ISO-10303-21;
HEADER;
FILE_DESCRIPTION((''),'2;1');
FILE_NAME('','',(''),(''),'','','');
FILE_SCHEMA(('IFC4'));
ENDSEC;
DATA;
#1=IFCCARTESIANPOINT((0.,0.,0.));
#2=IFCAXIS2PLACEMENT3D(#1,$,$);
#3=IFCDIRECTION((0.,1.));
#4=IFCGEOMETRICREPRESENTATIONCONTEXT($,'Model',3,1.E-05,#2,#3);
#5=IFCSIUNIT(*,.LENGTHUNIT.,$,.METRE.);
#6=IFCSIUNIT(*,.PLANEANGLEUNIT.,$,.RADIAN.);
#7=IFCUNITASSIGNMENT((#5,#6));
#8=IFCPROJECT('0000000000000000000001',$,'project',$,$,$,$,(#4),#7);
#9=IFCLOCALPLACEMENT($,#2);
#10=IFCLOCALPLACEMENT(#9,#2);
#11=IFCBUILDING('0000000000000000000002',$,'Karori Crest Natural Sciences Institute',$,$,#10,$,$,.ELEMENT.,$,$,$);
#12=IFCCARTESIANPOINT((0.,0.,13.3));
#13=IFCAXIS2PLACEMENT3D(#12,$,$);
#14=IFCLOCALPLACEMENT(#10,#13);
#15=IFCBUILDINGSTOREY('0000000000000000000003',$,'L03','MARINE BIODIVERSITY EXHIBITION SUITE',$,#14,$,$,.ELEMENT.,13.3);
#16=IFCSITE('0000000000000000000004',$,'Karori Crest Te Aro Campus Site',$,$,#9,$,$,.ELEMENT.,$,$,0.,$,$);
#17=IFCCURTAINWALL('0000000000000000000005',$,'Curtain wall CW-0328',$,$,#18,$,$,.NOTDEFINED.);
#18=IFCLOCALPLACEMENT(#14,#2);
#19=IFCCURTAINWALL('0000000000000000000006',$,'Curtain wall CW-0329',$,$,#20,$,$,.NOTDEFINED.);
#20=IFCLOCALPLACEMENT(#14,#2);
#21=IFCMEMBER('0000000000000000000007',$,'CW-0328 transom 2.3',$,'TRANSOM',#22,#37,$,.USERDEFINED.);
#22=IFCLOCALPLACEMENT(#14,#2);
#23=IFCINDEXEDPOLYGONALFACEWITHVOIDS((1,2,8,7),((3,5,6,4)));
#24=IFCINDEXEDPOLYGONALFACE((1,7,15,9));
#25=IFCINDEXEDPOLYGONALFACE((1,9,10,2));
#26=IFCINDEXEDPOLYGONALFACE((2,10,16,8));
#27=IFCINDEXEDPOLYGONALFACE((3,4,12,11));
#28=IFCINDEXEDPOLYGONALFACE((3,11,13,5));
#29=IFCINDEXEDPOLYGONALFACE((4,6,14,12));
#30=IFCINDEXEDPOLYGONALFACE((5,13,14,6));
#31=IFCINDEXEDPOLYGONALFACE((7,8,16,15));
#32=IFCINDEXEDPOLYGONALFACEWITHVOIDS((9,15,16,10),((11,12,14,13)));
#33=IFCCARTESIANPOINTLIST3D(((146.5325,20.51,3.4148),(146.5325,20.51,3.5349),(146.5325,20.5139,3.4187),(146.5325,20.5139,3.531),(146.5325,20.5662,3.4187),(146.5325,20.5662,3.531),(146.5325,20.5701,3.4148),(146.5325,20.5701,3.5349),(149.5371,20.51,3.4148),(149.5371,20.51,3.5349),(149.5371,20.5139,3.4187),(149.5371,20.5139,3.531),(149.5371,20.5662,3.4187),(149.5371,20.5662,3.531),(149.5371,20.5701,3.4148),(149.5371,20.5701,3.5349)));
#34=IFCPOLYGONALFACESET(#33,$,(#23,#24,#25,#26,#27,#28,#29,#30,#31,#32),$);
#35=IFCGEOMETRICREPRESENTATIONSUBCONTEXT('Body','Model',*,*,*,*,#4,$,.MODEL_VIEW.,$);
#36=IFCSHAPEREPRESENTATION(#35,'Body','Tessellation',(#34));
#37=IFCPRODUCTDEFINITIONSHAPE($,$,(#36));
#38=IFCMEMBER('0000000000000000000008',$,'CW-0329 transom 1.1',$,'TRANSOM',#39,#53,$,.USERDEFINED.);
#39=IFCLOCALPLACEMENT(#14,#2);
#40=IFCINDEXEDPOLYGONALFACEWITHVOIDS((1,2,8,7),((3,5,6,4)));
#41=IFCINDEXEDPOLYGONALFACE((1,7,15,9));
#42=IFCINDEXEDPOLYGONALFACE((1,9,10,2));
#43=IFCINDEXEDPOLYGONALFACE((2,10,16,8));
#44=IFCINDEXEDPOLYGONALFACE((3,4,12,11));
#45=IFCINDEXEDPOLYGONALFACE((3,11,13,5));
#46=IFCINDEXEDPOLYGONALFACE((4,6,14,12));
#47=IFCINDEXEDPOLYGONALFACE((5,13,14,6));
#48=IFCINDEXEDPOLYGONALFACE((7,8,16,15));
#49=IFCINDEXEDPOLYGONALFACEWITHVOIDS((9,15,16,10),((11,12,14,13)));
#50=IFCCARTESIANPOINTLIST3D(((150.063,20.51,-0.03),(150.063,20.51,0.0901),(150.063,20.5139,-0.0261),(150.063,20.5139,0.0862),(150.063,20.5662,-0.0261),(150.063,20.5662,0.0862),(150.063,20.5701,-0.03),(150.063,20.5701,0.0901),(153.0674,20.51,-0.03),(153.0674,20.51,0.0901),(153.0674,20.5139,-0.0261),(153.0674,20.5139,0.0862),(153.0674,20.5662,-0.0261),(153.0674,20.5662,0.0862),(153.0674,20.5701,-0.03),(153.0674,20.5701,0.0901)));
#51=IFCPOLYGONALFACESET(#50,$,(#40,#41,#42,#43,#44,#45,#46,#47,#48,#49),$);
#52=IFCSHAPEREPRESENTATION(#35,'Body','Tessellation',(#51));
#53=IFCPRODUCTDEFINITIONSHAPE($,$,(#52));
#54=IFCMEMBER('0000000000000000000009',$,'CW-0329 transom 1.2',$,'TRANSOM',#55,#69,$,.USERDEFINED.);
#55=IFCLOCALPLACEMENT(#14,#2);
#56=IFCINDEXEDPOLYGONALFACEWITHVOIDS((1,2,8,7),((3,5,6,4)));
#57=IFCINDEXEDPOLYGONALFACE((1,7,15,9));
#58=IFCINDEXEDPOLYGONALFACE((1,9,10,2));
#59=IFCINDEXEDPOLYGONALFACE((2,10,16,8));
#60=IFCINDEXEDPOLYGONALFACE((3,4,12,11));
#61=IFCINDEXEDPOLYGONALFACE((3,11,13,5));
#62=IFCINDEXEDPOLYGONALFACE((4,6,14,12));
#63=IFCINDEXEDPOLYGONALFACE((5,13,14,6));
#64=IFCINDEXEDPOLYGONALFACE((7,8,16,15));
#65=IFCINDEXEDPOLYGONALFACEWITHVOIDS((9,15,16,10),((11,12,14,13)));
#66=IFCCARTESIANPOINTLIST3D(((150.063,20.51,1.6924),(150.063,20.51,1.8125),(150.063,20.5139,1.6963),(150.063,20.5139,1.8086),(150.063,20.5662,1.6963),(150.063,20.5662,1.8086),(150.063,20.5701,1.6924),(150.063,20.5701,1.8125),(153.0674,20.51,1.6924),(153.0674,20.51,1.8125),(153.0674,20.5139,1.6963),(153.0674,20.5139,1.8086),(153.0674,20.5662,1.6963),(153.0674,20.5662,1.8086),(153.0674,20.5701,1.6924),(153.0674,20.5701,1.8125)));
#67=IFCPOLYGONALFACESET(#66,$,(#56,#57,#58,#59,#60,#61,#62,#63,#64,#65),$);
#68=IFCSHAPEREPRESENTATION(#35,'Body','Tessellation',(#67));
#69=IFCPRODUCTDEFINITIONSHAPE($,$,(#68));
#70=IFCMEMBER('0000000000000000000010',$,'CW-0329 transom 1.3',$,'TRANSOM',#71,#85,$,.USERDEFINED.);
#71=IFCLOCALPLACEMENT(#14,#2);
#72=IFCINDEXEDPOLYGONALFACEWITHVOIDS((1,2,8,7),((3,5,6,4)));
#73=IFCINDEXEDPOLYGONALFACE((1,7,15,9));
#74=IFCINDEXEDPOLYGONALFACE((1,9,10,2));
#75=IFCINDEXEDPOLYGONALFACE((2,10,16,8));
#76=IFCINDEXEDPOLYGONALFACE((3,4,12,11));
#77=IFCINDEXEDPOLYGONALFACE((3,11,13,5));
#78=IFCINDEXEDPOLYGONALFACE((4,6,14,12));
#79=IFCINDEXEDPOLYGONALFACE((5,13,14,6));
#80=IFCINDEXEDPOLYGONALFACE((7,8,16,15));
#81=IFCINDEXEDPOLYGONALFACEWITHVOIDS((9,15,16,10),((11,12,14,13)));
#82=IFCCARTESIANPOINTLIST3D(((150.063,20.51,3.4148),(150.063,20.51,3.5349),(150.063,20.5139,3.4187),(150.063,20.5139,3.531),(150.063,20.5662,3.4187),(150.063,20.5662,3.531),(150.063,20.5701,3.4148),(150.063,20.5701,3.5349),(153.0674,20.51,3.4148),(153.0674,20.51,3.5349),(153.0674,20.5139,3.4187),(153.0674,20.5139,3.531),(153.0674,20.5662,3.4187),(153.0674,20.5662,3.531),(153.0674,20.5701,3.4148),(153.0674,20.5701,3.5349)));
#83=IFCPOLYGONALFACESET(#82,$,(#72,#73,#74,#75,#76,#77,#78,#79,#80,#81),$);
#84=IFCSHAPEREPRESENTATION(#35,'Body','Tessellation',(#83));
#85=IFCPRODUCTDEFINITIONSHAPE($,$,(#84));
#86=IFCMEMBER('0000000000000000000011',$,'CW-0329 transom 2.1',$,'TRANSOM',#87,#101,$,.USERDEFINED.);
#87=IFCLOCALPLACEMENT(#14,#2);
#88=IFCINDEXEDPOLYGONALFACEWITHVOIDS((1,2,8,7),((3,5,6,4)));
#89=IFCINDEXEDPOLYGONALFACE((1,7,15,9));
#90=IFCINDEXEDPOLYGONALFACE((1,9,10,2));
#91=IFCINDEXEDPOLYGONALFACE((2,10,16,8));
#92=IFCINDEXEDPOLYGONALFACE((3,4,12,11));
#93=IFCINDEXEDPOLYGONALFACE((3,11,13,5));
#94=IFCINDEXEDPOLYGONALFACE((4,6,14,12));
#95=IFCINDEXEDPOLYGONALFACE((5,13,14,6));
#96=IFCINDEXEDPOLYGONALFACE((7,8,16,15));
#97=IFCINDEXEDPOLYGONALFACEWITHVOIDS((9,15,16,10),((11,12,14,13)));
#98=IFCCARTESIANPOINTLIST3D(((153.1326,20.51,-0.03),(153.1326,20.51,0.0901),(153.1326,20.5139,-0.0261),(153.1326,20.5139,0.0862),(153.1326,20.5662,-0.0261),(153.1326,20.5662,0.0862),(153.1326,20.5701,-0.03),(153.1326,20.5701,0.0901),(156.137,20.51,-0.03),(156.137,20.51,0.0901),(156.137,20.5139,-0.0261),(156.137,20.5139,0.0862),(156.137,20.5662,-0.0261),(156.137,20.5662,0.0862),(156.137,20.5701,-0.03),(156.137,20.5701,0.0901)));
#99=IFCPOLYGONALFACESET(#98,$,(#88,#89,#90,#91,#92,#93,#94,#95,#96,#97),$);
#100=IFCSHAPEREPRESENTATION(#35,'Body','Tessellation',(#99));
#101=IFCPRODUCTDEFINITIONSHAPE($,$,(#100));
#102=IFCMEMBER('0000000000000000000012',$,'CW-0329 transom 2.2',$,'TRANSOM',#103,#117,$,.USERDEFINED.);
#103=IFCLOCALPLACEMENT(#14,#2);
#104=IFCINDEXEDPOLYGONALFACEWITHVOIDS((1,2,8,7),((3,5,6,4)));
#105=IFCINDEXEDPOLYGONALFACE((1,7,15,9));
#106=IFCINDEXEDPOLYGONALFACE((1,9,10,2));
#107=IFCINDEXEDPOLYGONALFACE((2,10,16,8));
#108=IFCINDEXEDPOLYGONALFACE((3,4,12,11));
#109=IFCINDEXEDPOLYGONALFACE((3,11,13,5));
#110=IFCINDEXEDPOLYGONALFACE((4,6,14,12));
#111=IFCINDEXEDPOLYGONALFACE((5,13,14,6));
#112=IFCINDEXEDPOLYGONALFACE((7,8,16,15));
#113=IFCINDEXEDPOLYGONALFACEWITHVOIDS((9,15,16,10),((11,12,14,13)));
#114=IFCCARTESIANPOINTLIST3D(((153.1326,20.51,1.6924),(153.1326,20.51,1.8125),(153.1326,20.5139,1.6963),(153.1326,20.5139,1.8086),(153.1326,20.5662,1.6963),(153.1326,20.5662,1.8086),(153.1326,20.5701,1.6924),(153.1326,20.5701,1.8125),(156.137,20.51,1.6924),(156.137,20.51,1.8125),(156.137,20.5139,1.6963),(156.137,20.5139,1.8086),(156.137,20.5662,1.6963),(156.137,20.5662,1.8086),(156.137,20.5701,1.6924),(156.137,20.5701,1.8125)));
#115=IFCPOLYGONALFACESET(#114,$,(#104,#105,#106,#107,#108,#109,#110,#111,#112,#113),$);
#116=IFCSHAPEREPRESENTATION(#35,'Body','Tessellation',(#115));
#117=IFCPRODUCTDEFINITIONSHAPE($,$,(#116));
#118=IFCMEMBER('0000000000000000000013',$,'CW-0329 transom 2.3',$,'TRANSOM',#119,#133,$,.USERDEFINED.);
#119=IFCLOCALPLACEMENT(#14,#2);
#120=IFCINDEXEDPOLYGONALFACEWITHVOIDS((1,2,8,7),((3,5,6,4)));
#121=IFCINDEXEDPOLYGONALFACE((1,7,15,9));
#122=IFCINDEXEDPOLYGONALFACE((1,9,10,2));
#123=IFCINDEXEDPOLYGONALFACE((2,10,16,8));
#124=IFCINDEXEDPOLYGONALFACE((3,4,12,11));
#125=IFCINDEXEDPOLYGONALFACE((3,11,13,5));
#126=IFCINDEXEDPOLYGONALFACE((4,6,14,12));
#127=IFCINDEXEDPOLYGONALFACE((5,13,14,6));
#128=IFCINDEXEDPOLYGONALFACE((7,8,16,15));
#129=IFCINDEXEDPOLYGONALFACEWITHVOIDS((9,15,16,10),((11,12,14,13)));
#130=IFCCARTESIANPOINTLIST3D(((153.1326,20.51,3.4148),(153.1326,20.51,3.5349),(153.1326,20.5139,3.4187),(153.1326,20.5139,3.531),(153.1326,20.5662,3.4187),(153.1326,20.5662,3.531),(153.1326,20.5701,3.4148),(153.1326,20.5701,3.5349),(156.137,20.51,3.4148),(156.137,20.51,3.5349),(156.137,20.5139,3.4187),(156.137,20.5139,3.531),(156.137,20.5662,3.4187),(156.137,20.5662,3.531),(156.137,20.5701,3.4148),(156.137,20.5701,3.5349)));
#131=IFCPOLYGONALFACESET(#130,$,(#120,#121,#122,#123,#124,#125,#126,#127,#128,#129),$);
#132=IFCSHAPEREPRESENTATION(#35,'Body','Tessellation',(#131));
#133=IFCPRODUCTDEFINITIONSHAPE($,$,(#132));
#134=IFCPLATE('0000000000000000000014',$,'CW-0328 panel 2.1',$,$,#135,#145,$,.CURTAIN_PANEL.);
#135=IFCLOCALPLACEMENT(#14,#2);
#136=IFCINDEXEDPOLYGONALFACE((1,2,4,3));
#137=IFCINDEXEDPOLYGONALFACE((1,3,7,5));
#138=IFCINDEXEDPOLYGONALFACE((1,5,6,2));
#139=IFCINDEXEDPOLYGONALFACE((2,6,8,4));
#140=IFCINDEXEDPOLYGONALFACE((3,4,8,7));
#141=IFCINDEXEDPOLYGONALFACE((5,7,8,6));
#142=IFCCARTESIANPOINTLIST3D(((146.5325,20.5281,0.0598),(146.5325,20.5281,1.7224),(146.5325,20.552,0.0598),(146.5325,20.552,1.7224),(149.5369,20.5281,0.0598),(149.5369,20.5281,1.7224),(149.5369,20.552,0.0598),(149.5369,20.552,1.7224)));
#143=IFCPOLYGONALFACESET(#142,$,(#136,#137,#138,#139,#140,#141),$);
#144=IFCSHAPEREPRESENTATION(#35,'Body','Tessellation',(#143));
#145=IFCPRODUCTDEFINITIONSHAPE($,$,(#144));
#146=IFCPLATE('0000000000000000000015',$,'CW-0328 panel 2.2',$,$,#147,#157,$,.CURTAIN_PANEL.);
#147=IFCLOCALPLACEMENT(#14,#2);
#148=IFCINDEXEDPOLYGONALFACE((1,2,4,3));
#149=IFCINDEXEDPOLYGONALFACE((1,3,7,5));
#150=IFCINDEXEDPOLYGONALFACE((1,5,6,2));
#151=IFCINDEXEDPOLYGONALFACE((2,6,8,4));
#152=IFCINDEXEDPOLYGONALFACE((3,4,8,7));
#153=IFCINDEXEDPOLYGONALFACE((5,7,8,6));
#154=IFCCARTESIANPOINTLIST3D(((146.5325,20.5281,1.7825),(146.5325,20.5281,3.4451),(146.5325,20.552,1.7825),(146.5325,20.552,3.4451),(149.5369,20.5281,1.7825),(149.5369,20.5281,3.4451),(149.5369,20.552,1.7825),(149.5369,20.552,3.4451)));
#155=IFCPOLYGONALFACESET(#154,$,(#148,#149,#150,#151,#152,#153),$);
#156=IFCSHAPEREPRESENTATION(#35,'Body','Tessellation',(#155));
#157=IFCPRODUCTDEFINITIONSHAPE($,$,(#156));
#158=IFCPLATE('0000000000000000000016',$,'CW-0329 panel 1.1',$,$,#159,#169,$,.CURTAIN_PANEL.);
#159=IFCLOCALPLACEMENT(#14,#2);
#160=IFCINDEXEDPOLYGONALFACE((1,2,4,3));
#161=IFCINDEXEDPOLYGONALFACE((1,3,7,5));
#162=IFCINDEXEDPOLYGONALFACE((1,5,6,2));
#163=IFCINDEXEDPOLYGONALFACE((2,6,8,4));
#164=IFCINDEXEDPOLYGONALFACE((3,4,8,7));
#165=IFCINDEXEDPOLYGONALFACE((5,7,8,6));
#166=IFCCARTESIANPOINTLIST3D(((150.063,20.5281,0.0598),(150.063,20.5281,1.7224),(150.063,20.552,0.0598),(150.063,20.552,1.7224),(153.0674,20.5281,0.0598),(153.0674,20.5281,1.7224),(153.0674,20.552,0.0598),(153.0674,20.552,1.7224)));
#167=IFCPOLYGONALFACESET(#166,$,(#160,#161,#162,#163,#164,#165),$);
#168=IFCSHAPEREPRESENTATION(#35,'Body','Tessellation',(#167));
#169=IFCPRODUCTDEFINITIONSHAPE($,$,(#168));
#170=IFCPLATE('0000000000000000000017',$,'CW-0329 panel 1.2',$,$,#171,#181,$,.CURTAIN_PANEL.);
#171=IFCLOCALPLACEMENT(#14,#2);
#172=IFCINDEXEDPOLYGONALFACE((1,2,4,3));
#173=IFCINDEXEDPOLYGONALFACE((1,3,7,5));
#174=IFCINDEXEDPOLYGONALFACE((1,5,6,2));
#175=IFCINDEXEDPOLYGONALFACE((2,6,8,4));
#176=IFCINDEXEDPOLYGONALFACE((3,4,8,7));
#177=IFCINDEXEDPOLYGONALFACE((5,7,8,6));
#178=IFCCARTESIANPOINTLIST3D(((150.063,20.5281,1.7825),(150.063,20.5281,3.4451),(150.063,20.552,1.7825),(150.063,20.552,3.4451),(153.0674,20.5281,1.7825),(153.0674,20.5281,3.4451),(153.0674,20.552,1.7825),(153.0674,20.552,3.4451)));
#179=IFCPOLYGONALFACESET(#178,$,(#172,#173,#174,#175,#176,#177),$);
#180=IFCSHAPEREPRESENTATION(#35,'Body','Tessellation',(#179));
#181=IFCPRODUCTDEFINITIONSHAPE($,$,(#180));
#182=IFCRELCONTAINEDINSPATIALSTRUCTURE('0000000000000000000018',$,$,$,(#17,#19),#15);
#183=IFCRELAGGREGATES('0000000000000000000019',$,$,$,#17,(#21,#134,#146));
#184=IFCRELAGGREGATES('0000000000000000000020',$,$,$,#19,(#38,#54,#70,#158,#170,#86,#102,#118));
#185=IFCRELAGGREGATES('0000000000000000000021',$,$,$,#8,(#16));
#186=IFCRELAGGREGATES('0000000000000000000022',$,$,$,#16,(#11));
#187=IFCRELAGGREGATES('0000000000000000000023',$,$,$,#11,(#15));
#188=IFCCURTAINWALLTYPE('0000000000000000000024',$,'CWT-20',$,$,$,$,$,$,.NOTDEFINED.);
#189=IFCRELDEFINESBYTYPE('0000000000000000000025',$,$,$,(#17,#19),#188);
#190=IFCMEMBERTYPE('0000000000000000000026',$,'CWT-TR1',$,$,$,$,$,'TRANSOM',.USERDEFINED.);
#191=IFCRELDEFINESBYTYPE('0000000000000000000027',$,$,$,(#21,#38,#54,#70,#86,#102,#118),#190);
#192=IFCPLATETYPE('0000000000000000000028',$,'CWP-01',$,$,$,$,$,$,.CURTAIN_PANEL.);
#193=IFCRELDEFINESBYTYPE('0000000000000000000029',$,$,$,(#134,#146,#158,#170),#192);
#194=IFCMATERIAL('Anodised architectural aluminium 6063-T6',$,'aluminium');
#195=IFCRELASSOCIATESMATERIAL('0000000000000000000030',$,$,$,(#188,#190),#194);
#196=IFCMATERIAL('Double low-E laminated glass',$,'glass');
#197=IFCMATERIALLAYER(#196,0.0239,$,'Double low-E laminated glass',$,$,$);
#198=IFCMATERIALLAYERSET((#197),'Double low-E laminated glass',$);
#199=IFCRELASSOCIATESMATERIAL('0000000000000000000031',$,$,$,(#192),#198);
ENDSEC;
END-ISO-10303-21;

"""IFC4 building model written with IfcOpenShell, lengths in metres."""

from ifc_helpers import new_model, si_unit, direction, frame, origin, origin_2d, place, context, subcontext, project, spatial, rectangle, hollow_rectangle, extrude, material, layer, layer_set, material_profile, profile_set, type_object, element, aggregate, save


model = new_model("IFC4")

# Units and contexts
model_context = context("Model", 3, precision=1e-05, world=origin(), true_north=direction((0.0, 1.0)))
body_context = subcontext(model_context, "Body", "Model", "MODEL_VIEW")
ifc_project = project(units=[si_unit("LENGTHUNIT", "METRE"), si_unit("PLANEANGLEUNIT", "RADIAN")], contexts=[model_context])

# Site, building, storey
site_placement = place(None, origin())
site = spatial("IfcSite", under=ifc_project, at=site_placement, Name="Karori Crest Te Aro Campus Site", CompositionType="ELEMENT", RefElevation=0.0)
building_placement = place(site_placement, origin())
building = spatial("IfcBuilding", under=site, at=building_placement, Name="Karori Crest Natural Sciences Institute", CompositionType="ELEMENT")
storey_placement = place(building_placement, frame((0.0, 0.0, 13.3)))
storey = spatial("IfcBuildingStorey", under=building, at=storey_placement, Name="L03", Description="MARINE BIODIVERSITY EXHIBITION SUITE", CompositionType="ELEMENT", Elevation=13.3)

# Curtain wall
ifc_material_1 = material(Name="Anodised architectural aluminium 6063-T6", Category="aluminium")
curtain_wall_type = type_object("IfcCurtainWallType", Name="CWT-20", PredefinedType="NOTDEFINED", material=ifc_material_1)
curtain_wall_1_placement = place(storey_placement, origin())
curtain_wall_1 = element("IfcCurtainWall", 1, at=curtain_wall_1_placement, inside=storey, type_object=curtain_wall_type, Name="Curtain wall CW-0328", PredefinedType="NOTDEFINED")

# Curtain wall
curtain_wall_2_placement = place(storey_placement, origin())
curtain_wall_2 = element("IfcCurtainWall", 2, at=curtain_wall_2_placement, inside=storey, type_object=curtain_wall_type, Name="Curtain wall CW-0329", PredefinedType="NOTDEFINED")

# Members
ifc_material_profile_1 = material_profile(ifc_material_1, hollow_rectangle(XDim=0.0601, YDim=0.1201, WallThickness=0.0039, at=origin_2d()), Name="CWT120x60x4")
ifc_profile_set_1 = profile_set([ifc_material_profile_1], Name="Anodised architectural aluminium 6063-T6")
member_type_1 = type_object("IfcMemberType", Name="CWT-TR1", ElementType="TRANSOM", PredefinedType="USERDEFINED", material=ifc_profile_set_1)
member_1_placement = place(storey_placement, frame((146.5325, 20.54, 3.4749), z_axis=(1.0, 0.0, 0.0), x_axis=(0.0, 1.0, 0.0)))
member_1 = element("IfcMember", 3, at=member_1_placement, type_object=member_type_1, Name="CW-0328 transom 2.3", ObjectType="TRANSOM", PredefinedType="USERDEFINED", context=body_context, shape_type="SweptSolid", body=[
    extrude(hollow_rectangle(XDim=0.0601, YDim=0.1201, WallThickness=0.0039, at=origin_2d()), origin(), (0.0, 0.0, 1.0), 3.0046),
])
member_2_placement = place(storey_placement, frame((150.063, 20.54, 0.03), z_axis=(1.0, 0.0, 0.0), x_axis=(0.0, 1.0, 0.0)))
member_2 = element("IfcMember", 4, at=member_2_placement, type_object=member_type_1, Name="CW-0329 transom 1.1", ObjectType="TRANSOM", PredefinedType="USERDEFINED", context=body_context, shape_type="SweptSolid", body=[
    extrude(hollow_rectangle(XDim=0.0601, YDim=0.1201, WallThickness=0.0039, at=origin_2d()), origin(), (0.0, 0.0, 1.0), 3.0044),
])
member_3_placement = place(storey_placement, frame((150.063, 20.54, 1.7524), z_axis=(1.0, 0.0, 0.0), x_axis=(0.0, 1.0, 0.0)))
member_3 = element("IfcMember", 5, at=member_3_placement, type_object=member_type_1, Name="CW-0329 transom 1.2", ObjectType="TRANSOM", PredefinedType="USERDEFINED", context=body_context, shape_type="SweptSolid", body=[
    extrude(hollow_rectangle(XDim=0.0601, YDim=0.1201, WallThickness=0.0039, at=origin_2d()), origin(), (0.0, 0.0, 1.0), 3.0044),
])
member_4_placement = place(storey_placement, frame((150.063, 20.54, 3.4749), z_axis=(1.0, 0.0, 0.0), x_axis=(0.0, 1.0, 0.0)))
member_4 = element("IfcMember", 6, at=member_4_placement, type_object=member_type_1, Name="CW-0329 transom 1.3", ObjectType="TRANSOM", PredefinedType="USERDEFINED", context=body_context, shape_type="SweptSolid", body=[
    extrude(hollow_rectangle(XDim=0.0601, YDim=0.1201, WallThickness=0.0039, at=origin_2d()), origin(), (0.0, 0.0, 1.0), 3.0044),
])
member_5_placement = place(storey_placement, frame((153.1326, 20.54, 0.03), z_axis=(1.0, 0.0, 0.0), x_axis=(0.0, 1.0, 0.0)))
member_5 = element("IfcMember", 7, at=member_5_placement, type_object=member_type_1, Name="CW-0329 transom 2.1", ObjectType="TRANSOM", PredefinedType="USERDEFINED", context=body_context, shape_type="SweptSolid", body=[
    extrude(hollow_rectangle(XDim=0.0601, YDim=0.1201, WallThickness=0.0039, at=origin_2d()), origin(), (0.0, 0.0, 1.0), 3.0044),
])
member_6_placement = place(storey_placement, frame((153.1326, 20.54, 1.7524), z_axis=(1.0, 0.0, 0.0), x_axis=(0.0, 1.0, 0.0)))
member_6 = element("IfcMember", 8, at=member_6_placement, type_object=member_type_1, Name="CW-0329 transom 2.2", ObjectType="TRANSOM", PredefinedType="USERDEFINED", context=body_context, shape_type="SweptSolid", body=[
    extrude(hollow_rectangle(XDim=0.0601, YDim=0.1201, WallThickness=0.0039, at=origin_2d()), origin(), (0.0, 0.0, 1.0), 3.0044),
])
member_7_placement = place(storey_placement, frame((153.1326, 20.54, 3.4749), z_axis=(1.0, 0.0, 0.0), x_axis=(0.0, 1.0, 0.0)))
member_7 = element("IfcMember", 9, at=member_7_placement, type_object=member_type_1, Name="CW-0329 transom 2.3", ObjectType="TRANSOM", PredefinedType="USERDEFINED", context=body_context, shape_type="SweptSolid", body=[
    extrude(hollow_rectangle(XDim=0.0601, YDim=0.1201, WallThickness=0.0039, at=origin_2d()), origin(), (0.0, 0.0, 1.0), 3.0044),
])

# Plates
ifc_material_2 = material(Name="Double low-E laminated glass", Category="glass")
ifc_layer = layer(ifc_material_2, 0.0239, Name="Double low-E laminated glass")
ifc_layer_set = layer_set([ifc_layer], Name="Double low-E laminated glass")
plate_type = type_object("IfcPlateType", Name="CWP-01", PredefinedType="CURTAIN_PANEL", material=ifc_layer_set)
plate_1_placement = place(storey_placement, frame((148.0347, 20.54, 0.0598), z_axis=(0.0, 0.0, 1.0), x_axis=(1.0, 0.0, 0.0)))
plate_1 = element("IfcPlate", 10, at=plate_1_placement, type_object=plate_type, Name="CW-0328 panel 2.1", PredefinedType="CURTAIN_PANEL", context=body_context, shape_type="SweptSolid", body=[
    extrude(rectangle(XDim=3.0044, YDim=0.0239, at=origin_2d()), origin(), (0.0, 0.0, 1.0), 1.6626),
])
plate_2_placement = place(storey_placement, frame((148.0347, 20.54, 1.7825), z_axis=(0.0, 0.0, 1.0), x_axis=(1.0, 0.0, 0.0)))
plate_2 = element("IfcPlate", 11, at=plate_2_placement, type_object=plate_type, Name="CW-0328 panel 2.2", PredefinedType="CURTAIN_PANEL", context=body_context, shape_type="SweptSolid", body=[
    extrude(rectangle(XDim=3.0044, YDim=0.0239, at=origin_2d()), origin(), (0.0, 0.0, 1.0), 1.6626),
])
aggregate(curtain_wall_1, [member_1, plate_1, plate_2])
plate_3_placement = place(storey_placement, frame((151.5652, 20.54, 0.0598), z_axis=(0.0, 0.0, 1.0), x_axis=(1.0, 0.0, 0.0)))
plate_3 = element("IfcPlate", 12, at=plate_3_placement, type_object=plate_type, Name="CW-0329 panel 1.1", PredefinedType="CURTAIN_PANEL", context=body_context, shape_type="SweptSolid", body=[
    extrude(rectangle(XDim=3.0044, YDim=0.0239, at=origin_2d()), origin(), (0.0, 0.0, 1.0), 1.6626),
])
plate_4_placement = place(storey_placement, frame((151.5652, 20.54, 1.7825), z_axis=(0.0, 0.0, 1.0), x_axis=(1.0, 0.0, 0.0)))
plate_4 = element("IfcPlate", 13, at=plate_4_placement, type_object=plate_type, Name="CW-0329 panel 1.2", PredefinedType="CURTAIN_PANEL", context=body_context, shape_type="SweptSolid", body=[
    extrude(rectangle(XDim=3.0044, YDim=0.0239, at=origin_2d()), origin(), (0.0, 0.0, 1.0), 1.6626),
])
aggregate(curtain_wall_2, [member_2, member_3, member_4, plate_3, plate_4, member_5, member_6, member_7])

save(model, "model.ifc")
